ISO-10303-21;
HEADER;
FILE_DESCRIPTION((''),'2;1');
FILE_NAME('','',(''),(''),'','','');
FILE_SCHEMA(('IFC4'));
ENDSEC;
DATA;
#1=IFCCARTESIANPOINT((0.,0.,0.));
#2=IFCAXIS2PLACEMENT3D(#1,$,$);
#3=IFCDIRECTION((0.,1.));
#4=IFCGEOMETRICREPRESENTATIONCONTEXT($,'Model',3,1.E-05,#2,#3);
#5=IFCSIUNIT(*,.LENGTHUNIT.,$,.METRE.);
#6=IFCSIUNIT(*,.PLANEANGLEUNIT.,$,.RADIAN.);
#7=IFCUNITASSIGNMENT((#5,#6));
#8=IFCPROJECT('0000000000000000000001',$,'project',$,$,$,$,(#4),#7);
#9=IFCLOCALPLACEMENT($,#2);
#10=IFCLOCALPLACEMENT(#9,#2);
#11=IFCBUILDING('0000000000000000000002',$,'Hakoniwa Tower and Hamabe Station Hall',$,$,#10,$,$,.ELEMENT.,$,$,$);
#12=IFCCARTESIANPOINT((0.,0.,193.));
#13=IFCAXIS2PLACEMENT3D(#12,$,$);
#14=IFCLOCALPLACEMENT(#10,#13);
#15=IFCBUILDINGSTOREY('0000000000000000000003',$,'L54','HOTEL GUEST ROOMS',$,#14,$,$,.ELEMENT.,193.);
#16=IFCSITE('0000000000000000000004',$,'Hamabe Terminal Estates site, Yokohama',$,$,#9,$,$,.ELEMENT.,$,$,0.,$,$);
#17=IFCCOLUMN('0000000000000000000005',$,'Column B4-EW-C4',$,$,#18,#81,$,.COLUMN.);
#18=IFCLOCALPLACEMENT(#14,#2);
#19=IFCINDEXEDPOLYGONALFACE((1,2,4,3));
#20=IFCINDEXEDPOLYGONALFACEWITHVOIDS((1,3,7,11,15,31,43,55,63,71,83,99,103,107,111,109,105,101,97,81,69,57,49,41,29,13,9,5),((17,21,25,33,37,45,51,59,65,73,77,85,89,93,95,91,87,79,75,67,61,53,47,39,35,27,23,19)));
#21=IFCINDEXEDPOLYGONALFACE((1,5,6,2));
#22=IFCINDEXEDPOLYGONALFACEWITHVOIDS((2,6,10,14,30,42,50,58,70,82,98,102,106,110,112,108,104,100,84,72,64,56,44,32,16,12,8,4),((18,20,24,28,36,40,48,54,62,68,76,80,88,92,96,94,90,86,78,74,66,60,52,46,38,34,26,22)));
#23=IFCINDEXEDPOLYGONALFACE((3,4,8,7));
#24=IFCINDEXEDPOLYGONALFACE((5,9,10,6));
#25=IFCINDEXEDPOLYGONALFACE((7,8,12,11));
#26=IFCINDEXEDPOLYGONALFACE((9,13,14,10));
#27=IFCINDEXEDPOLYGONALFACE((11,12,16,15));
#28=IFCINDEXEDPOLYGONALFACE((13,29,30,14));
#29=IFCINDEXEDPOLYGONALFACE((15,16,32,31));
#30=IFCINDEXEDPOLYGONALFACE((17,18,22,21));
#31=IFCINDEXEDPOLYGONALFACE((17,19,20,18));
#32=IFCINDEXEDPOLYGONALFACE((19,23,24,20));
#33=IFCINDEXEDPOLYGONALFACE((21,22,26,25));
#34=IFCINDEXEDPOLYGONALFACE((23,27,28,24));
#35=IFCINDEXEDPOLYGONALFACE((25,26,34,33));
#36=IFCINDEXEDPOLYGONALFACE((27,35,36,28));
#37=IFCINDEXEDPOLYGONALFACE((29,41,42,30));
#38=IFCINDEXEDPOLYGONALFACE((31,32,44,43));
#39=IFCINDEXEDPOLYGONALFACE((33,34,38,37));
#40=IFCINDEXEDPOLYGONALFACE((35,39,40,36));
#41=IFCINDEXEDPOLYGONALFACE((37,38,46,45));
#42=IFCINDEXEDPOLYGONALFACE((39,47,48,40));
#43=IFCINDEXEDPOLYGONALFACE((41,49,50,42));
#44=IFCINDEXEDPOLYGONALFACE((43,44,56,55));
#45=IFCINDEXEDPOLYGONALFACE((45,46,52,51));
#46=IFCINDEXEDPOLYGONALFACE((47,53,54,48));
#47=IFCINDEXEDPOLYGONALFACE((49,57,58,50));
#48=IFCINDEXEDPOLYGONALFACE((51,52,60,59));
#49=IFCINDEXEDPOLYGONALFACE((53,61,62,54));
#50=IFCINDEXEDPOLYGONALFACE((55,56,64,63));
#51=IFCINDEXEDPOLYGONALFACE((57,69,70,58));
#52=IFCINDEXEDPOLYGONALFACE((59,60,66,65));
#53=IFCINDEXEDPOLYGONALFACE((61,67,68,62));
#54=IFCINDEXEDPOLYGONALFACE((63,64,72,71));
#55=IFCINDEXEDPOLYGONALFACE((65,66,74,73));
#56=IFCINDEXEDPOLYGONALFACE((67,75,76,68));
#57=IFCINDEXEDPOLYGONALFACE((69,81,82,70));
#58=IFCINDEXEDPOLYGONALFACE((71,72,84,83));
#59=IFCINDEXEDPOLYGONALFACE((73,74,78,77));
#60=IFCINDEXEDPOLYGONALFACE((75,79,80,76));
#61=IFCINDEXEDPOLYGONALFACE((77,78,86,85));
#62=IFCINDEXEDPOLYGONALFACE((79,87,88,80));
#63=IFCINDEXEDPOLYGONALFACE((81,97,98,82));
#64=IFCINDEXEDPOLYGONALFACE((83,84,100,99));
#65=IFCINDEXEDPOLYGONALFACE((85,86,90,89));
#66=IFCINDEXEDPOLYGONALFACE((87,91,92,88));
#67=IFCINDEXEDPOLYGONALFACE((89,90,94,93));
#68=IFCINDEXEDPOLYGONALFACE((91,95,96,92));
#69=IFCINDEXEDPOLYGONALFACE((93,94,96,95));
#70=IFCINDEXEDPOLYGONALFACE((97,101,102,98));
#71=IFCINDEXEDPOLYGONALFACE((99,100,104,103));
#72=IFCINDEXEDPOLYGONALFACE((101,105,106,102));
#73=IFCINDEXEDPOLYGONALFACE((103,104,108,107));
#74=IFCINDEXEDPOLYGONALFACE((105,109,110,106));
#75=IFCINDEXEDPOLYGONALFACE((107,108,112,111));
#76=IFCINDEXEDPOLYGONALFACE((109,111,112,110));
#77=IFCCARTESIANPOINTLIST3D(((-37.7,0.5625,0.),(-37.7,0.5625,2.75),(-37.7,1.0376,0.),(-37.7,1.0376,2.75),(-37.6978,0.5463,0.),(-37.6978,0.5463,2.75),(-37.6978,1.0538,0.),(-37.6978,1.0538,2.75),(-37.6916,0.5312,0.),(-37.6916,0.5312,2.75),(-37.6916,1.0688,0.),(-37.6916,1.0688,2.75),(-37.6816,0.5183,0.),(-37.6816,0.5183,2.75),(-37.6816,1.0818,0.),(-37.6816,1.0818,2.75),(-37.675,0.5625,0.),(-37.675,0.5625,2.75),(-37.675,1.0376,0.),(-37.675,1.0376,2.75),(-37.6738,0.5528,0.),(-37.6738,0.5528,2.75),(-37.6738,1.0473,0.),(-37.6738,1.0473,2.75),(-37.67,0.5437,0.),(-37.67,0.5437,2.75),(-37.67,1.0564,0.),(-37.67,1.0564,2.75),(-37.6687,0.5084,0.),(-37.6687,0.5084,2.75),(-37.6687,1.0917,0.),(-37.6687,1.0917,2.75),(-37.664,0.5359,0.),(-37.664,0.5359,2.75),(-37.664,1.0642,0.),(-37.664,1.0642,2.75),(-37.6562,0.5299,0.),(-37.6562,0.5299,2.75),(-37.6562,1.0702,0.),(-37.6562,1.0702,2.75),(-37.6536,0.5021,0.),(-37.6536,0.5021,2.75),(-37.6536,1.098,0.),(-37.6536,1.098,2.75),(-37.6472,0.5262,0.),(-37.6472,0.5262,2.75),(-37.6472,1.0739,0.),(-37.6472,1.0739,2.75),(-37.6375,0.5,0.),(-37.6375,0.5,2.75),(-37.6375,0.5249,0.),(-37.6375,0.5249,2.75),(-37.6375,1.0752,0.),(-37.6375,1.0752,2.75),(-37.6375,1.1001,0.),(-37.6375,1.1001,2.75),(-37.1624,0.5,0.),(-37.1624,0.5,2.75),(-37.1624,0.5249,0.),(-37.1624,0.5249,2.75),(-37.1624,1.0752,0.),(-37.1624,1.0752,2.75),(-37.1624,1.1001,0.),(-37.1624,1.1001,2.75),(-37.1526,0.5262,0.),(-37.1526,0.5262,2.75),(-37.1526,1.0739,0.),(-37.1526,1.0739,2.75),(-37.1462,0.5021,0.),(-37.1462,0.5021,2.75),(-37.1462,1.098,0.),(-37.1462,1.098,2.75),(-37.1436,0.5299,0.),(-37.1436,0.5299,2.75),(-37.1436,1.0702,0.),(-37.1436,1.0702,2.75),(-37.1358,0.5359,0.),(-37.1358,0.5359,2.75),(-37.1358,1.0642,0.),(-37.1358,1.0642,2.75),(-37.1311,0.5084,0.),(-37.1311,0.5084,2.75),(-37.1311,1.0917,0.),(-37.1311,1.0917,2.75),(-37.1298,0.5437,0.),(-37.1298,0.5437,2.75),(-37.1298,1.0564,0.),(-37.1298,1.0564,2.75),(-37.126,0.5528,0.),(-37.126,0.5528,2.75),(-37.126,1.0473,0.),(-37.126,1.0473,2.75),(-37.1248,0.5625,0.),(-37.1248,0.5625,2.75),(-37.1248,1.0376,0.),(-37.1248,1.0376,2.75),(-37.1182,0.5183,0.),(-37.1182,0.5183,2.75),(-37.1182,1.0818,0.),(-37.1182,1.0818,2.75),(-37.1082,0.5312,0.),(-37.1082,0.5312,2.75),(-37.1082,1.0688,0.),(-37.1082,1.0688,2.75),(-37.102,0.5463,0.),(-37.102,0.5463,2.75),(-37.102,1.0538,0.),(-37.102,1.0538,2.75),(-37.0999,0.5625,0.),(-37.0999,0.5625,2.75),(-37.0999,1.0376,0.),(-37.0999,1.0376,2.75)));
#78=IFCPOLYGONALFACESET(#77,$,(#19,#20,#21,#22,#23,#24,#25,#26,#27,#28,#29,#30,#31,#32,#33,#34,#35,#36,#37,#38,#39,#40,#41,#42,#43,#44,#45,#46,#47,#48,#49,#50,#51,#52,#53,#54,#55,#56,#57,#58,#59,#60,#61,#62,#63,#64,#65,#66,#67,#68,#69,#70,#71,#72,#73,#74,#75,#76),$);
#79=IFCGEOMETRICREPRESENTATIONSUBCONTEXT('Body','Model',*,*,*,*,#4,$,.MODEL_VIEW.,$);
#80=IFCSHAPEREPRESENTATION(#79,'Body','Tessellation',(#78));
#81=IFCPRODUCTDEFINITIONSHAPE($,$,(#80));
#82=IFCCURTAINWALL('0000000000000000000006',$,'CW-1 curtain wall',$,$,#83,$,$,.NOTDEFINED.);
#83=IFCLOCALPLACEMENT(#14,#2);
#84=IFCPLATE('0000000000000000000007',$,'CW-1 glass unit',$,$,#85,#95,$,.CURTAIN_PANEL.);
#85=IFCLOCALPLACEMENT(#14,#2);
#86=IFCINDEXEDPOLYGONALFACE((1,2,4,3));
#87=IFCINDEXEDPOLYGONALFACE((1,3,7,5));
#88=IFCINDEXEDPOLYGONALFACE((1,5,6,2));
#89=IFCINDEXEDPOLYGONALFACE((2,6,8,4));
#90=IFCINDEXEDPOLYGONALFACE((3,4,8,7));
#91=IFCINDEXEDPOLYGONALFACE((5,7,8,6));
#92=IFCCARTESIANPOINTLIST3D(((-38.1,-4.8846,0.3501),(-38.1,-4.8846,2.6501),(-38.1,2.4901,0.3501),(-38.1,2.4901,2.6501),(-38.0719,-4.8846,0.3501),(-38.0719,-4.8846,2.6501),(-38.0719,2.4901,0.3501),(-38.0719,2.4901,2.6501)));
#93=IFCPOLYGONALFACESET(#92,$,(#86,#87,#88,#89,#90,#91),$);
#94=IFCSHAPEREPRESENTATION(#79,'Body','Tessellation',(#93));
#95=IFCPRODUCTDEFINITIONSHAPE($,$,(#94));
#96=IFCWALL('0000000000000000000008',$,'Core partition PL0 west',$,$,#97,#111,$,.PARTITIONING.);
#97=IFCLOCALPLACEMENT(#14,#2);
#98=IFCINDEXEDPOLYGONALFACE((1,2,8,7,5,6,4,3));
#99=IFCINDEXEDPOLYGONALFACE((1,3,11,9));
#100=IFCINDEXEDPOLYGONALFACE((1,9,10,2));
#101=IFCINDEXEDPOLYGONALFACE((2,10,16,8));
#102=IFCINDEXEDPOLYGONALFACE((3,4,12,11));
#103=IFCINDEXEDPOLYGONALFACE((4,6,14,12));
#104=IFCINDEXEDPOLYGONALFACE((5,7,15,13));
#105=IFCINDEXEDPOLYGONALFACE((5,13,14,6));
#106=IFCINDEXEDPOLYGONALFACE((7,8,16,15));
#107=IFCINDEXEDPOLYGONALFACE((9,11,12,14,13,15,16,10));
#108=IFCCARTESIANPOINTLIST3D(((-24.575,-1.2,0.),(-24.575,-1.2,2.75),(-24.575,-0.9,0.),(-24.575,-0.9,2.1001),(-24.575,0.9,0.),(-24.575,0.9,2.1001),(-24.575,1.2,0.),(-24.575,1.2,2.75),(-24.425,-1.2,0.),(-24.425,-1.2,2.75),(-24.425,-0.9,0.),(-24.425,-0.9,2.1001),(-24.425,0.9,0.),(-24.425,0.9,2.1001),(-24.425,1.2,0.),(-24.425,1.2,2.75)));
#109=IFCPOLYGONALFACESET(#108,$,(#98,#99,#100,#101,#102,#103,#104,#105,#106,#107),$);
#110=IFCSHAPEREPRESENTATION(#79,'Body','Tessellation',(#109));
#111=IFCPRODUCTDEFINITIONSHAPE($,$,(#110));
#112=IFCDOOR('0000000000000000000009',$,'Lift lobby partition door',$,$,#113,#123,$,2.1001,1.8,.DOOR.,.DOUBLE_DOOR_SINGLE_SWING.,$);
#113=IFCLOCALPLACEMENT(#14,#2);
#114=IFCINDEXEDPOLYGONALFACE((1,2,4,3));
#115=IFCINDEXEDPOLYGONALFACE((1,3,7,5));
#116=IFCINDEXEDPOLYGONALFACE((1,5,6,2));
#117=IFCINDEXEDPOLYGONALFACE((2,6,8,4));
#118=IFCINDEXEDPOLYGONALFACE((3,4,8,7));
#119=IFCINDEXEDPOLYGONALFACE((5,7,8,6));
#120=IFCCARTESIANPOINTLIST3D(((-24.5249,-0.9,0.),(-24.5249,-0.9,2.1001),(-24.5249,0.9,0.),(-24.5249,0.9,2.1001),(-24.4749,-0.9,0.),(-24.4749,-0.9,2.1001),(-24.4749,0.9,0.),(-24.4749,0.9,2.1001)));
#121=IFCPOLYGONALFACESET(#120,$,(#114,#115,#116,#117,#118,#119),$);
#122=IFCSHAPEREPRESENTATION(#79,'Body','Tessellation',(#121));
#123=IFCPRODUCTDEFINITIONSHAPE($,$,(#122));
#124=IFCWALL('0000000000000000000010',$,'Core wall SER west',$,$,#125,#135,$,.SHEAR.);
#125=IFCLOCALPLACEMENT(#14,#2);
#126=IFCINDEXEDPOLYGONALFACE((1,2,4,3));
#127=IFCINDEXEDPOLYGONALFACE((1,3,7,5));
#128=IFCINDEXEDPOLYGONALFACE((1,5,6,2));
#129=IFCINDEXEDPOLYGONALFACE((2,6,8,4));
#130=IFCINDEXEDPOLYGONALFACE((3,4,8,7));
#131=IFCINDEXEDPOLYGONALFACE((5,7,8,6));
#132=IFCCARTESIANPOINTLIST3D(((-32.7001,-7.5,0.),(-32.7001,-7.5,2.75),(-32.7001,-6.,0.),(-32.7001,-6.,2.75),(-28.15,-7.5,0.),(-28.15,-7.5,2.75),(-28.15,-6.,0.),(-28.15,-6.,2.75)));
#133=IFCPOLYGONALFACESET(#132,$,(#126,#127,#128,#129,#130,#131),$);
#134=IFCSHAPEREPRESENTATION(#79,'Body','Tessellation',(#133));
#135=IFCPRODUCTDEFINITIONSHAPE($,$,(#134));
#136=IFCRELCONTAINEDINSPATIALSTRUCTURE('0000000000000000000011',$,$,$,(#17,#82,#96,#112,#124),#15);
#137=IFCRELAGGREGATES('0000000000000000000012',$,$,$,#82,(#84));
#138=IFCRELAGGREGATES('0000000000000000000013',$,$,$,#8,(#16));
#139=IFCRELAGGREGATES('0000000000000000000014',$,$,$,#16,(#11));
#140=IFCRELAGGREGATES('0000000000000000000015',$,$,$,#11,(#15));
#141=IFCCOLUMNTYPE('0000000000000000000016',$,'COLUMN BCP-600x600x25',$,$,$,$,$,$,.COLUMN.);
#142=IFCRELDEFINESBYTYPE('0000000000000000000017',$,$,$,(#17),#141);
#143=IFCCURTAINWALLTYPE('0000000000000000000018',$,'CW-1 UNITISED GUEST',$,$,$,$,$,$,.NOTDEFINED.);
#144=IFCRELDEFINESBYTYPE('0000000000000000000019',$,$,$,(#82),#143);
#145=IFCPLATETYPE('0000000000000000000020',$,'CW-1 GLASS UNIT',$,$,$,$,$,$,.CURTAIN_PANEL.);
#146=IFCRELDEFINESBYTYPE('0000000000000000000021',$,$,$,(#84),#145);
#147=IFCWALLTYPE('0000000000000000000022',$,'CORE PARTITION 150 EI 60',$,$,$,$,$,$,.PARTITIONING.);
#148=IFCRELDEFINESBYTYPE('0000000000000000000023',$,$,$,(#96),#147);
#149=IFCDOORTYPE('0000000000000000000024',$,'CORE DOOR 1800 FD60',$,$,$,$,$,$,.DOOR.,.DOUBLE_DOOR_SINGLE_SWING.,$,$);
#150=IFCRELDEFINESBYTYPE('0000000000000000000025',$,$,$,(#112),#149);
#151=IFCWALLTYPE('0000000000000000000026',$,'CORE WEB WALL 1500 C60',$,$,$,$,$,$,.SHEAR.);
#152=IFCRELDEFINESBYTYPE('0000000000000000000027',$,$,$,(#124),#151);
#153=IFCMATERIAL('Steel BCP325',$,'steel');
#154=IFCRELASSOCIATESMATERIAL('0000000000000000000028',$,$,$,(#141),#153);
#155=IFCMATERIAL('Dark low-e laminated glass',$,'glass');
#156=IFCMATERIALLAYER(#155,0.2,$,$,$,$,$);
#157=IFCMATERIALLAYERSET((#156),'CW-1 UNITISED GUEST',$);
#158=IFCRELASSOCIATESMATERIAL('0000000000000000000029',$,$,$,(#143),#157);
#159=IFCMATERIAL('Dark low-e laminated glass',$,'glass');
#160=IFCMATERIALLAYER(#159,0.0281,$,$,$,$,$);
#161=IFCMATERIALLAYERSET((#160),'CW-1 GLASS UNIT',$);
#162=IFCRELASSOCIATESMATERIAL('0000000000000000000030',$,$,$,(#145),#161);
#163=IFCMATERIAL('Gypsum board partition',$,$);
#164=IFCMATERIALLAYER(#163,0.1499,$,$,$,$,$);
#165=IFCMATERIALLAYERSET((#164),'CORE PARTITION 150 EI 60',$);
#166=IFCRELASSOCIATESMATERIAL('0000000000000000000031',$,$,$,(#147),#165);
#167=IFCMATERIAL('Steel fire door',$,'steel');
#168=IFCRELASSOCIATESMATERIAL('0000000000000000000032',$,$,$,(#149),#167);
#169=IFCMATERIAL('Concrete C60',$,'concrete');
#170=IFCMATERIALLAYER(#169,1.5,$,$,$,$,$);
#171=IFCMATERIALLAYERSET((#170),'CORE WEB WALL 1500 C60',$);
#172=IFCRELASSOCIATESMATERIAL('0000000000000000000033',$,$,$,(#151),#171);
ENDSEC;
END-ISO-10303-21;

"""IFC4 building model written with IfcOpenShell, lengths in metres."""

from ifc_helpers import new_model, si_unit, direction, frame, frame_2d, origin, origin_2d, place, context, subcontext, project, spatial, rectangle, hollow_rectangle, extrude, material, layer, layer_set, material_profile, profile_set, type_object, element, fill, aggregate, save


model = new_model("IFC4")

# Units and contexts
model_context = context("Model", 3, precision=1e-05, world=origin(), true_north=direction((0.0, 1.0)))
body_context = subcontext(model_context, "Body", "Model", "MODEL_VIEW")
ifc_project = project(units=[si_unit("LENGTHUNIT", "METRE"), si_unit("PLANEANGLEUNIT", "RADIAN")], contexts=[model_context])

# Site, building, storey
site_placement = place(None, origin())
site = spatial("IfcSite", under=ifc_project, at=site_placement, Name="Hamabe Terminal Estates site, Yokohama", CompositionType="ELEMENT", RefElevation=0.0)
building_placement = place(site_placement, origin())
building = spatial("IfcBuilding", under=site, at=building_placement, Name="Hakoniwa Tower and Hamabe Station Hall", CompositionType="ELEMENT")
storey_placement = place(building_placement, frame((0.0, 0.0, 193.0)))
storey = spatial("IfcBuildingStorey", under=building, at=storey_placement, Name="L54", Description="HOTEL GUEST ROOMS", CompositionType="ELEMENT", Elevation=193.0)

# Column
ifc_material_1 = material(Name="Steel BCP325", Category="steel")
ifc_material_profile = material_profile(ifc_material_1, hollow_rectangle(XDim=0.6001, YDim=0.6001, WallThickness=0.0249, InnerFilletRadius=0.0376, OuterFilletRadius=0.0625, at=origin_2d()), Name="BCP-600x600x25")
ifc_profile_set = profile_set([ifc_material_profile], Name="Steel BCP325")
column_type = type_object("IfcColumnType", Name="COLUMN BCP-600x600x25", PredefinedType="COLUMN", material=ifc_profile_set)
column_placement = place(storey_placement, frame((-37.3999, 0.8, 0.0), z_axis=(0.0, 0.0, 1.0), x_axis=(1.0, 0.0, 0.0)))
element("IfcColumn", 1, at=column_placement, inside=storey, type_object=column_type, Name="Column B4-EW-C4", PredefinedType="COLUMN", context=body_context, shape_type="SweptSolid", body=[
    extrude(hollow_rectangle(XDim=0.6001, YDim=0.6001, WallThickness=0.0249, InnerFilletRadius=0.0376, OuterFilletRadius=0.0625, at=origin_2d()), origin(), (0.0, 0.0, 1.0), 2.75),
])

# Curtain wall, plate
ifc_material_2 = material(Name="Dark low-e laminated glass", Category="glass")
ifc_layer_1 = layer(ifc_material_2, 0.2)
ifc_layer_set_1 = layer_set([ifc_layer_1], Name="CW-1 UNITISED GUEST")
curtain_wall_type = type_object("IfcCurtainWallType", Name="CW-1 UNITISED GUEST", PredefinedType="NOTDEFINED", material=ifc_layer_set_1)
curtain_wall_placement = place(storey_placement, origin())
curtain_wall = element("IfcCurtainWall", 2, at=curtain_wall_placement, inside=storey, type_object=curtain_wall_type, Name="CW-1 curtain wall", PredefinedType="NOTDEFINED")
ifc_material_3 = material(Name="Dark low-e laminated glass", Category="glass")
ifc_layer_2 = layer(ifc_material_3, 0.0281)
ifc_layer_set_2 = layer_set([ifc_layer_2], Name="CW-1 GLASS UNIT")
plate_type = type_object("IfcPlateType", Name="CW-1 GLASS UNIT", PredefinedType="CURTAIN_PANEL", material=ifc_layer_set_2)
plate_placement = place(storey_placement, frame((-38.0859, -1.1973, 0.3501), z_axis=(0.0, 0.0, 1.0), x_axis=(0.0, -1.0, 0.0)))
plate = element("IfcPlate", 3, at=plate_placement, type_object=plate_type, Name="CW-1 glass unit", PredefinedType="CURTAIN_PANEL", context=body_context, shape_type="SweptSolid", body=[
    extrude(rectangle(XDim=7.3748, YDim=0.0281, at=origin_2d()), origin(), (0.0, 0.0, 1.0), 2.3),
])
aggregate(curtain_wall, [plate])

# Wall, opening, door
ifc_material_4 = material(Name="Gypsum board partition")
ifc_layer_3 = layer(ifc_material_4, 0.1499)
ifc_layer_set_3 = layer_set([ifc_layer_3], Name="CORE PARTITION 150 EI 60")
wall_type_1 = type_object("IfcWallType", Name="CORE PARTITION 150 EI 60", PredefinedType="PARTITIONING", material=ifc_layer_set_3)
wall_1_placement = place(storey_placement, frame((-24.5, -1.2, 0.0), z_axis=(0.0, 0.0, 1.0), x_axis=(0.0, 1.0, 0.0)))
wall_1 = element("IfcWall", 4, at=wall_1_placement, inside=storey, type_object=wall_type_1, Name="Core partition PL0 west", PredefinedType="PARTITIONING", context=body_context, shape_type="SweptSolid", body=[
    extrude(rectangle(XDim=2.3999, YDim=0.1499, at=frame_2d((1.2, 0.0))), origin(), (0.0, 0.0, 1.0), 2.75),
])
opening_1_placement = place(wall_1_placement, frame((0.3, 0.0, 0.0)))
opening_1 = element("IfcOpeningElement", 5, at=opening_1_placement, cuts=wall_1, PredefinedType="OPENING", context=body_context, shape_type="SweptSolid", body=[
    extrude(rectangle(XDim=1.8, YDim=2.1001, at=frame_2d((0.8999, 1.05))), frame((0.0, 0.085, 0.0), z_axis=(0.0, -1.0, 0.0), x_axis=(1.0, 0.0, 0.0)), (0.0, 0.0, 1.0), 0.1699),
])
ifc_material_5 = material(Name="Steel fire door", Category="steel")
door_type_1 = type_object("IfcDoorType", Name="CORE DOOR 1800 FD60", OperationType="DOUBLE_DOOR_SINGLE_SWING", PredefinedType="DOOR", material=ifc_material_5)
door_1_placement = place(opening_1_placement, origin())
door_1 = element("IfcDoor", 6, at=door_1_placement, inside=storey, type_object=door_type_1, Name="Lift lobby partition door", OperationType="DOUBLE_DOOR_SINGLE_SWING", OverallHeight=2.1001, OverallWidth=1.8, PredefinedType="DOOR", context=body_context, shape_type="SweptSolid", body=[
    extrude(rectangle(XDim=1.8, YDim=2.1001, at=frame_2d((0.8999, 1.05))), frame((0.0, 0.0249, 0.0), z_axis=(0.0, -1.0, 0.0), x_axis=(1.0, 0.0, 0.0)), (0.0, 0.0, 1.0), 0.05),
])
fill(opening_1, door_1)

# Wall
ifc_material_6 = material(Name="Concrete C60", Category="concrete")
ifc_layer_4 = layer(ifc_material_6, 1.5)
ifc_layer_set_4 = layer_set([ifc_layer_4], Name="CORE WEB WALL 1500 C60")
wall_type_2 = type_object("IfcWallType", Name="CORE WEB WALL 1500 C60", PredefinedType="SHEAR", material=ifc_layer_set_4)
wall_2_placement = place(storey_placement, frame((-32.7, -6.75, 0.0), z_axis=(0.0, 0.0, 1.0), x_axis=(1.0, 0.0, 0.0)))
element("IfcWall", 7, at=wall_2_placement, inside=storey, type_object=wall_type_2, Name="Core wall SER west", PredefinedType="SHEAR", context=body_context, shape_type="SweptSolid", body=[
    extrude(rectangle(XDim=4.55, YDim=1.5, at=frame_2d((2.2749, 0.0))), origin(), (0.0, 0.0, 1.0), 2.75),
])

save(model, "model.ifc")
